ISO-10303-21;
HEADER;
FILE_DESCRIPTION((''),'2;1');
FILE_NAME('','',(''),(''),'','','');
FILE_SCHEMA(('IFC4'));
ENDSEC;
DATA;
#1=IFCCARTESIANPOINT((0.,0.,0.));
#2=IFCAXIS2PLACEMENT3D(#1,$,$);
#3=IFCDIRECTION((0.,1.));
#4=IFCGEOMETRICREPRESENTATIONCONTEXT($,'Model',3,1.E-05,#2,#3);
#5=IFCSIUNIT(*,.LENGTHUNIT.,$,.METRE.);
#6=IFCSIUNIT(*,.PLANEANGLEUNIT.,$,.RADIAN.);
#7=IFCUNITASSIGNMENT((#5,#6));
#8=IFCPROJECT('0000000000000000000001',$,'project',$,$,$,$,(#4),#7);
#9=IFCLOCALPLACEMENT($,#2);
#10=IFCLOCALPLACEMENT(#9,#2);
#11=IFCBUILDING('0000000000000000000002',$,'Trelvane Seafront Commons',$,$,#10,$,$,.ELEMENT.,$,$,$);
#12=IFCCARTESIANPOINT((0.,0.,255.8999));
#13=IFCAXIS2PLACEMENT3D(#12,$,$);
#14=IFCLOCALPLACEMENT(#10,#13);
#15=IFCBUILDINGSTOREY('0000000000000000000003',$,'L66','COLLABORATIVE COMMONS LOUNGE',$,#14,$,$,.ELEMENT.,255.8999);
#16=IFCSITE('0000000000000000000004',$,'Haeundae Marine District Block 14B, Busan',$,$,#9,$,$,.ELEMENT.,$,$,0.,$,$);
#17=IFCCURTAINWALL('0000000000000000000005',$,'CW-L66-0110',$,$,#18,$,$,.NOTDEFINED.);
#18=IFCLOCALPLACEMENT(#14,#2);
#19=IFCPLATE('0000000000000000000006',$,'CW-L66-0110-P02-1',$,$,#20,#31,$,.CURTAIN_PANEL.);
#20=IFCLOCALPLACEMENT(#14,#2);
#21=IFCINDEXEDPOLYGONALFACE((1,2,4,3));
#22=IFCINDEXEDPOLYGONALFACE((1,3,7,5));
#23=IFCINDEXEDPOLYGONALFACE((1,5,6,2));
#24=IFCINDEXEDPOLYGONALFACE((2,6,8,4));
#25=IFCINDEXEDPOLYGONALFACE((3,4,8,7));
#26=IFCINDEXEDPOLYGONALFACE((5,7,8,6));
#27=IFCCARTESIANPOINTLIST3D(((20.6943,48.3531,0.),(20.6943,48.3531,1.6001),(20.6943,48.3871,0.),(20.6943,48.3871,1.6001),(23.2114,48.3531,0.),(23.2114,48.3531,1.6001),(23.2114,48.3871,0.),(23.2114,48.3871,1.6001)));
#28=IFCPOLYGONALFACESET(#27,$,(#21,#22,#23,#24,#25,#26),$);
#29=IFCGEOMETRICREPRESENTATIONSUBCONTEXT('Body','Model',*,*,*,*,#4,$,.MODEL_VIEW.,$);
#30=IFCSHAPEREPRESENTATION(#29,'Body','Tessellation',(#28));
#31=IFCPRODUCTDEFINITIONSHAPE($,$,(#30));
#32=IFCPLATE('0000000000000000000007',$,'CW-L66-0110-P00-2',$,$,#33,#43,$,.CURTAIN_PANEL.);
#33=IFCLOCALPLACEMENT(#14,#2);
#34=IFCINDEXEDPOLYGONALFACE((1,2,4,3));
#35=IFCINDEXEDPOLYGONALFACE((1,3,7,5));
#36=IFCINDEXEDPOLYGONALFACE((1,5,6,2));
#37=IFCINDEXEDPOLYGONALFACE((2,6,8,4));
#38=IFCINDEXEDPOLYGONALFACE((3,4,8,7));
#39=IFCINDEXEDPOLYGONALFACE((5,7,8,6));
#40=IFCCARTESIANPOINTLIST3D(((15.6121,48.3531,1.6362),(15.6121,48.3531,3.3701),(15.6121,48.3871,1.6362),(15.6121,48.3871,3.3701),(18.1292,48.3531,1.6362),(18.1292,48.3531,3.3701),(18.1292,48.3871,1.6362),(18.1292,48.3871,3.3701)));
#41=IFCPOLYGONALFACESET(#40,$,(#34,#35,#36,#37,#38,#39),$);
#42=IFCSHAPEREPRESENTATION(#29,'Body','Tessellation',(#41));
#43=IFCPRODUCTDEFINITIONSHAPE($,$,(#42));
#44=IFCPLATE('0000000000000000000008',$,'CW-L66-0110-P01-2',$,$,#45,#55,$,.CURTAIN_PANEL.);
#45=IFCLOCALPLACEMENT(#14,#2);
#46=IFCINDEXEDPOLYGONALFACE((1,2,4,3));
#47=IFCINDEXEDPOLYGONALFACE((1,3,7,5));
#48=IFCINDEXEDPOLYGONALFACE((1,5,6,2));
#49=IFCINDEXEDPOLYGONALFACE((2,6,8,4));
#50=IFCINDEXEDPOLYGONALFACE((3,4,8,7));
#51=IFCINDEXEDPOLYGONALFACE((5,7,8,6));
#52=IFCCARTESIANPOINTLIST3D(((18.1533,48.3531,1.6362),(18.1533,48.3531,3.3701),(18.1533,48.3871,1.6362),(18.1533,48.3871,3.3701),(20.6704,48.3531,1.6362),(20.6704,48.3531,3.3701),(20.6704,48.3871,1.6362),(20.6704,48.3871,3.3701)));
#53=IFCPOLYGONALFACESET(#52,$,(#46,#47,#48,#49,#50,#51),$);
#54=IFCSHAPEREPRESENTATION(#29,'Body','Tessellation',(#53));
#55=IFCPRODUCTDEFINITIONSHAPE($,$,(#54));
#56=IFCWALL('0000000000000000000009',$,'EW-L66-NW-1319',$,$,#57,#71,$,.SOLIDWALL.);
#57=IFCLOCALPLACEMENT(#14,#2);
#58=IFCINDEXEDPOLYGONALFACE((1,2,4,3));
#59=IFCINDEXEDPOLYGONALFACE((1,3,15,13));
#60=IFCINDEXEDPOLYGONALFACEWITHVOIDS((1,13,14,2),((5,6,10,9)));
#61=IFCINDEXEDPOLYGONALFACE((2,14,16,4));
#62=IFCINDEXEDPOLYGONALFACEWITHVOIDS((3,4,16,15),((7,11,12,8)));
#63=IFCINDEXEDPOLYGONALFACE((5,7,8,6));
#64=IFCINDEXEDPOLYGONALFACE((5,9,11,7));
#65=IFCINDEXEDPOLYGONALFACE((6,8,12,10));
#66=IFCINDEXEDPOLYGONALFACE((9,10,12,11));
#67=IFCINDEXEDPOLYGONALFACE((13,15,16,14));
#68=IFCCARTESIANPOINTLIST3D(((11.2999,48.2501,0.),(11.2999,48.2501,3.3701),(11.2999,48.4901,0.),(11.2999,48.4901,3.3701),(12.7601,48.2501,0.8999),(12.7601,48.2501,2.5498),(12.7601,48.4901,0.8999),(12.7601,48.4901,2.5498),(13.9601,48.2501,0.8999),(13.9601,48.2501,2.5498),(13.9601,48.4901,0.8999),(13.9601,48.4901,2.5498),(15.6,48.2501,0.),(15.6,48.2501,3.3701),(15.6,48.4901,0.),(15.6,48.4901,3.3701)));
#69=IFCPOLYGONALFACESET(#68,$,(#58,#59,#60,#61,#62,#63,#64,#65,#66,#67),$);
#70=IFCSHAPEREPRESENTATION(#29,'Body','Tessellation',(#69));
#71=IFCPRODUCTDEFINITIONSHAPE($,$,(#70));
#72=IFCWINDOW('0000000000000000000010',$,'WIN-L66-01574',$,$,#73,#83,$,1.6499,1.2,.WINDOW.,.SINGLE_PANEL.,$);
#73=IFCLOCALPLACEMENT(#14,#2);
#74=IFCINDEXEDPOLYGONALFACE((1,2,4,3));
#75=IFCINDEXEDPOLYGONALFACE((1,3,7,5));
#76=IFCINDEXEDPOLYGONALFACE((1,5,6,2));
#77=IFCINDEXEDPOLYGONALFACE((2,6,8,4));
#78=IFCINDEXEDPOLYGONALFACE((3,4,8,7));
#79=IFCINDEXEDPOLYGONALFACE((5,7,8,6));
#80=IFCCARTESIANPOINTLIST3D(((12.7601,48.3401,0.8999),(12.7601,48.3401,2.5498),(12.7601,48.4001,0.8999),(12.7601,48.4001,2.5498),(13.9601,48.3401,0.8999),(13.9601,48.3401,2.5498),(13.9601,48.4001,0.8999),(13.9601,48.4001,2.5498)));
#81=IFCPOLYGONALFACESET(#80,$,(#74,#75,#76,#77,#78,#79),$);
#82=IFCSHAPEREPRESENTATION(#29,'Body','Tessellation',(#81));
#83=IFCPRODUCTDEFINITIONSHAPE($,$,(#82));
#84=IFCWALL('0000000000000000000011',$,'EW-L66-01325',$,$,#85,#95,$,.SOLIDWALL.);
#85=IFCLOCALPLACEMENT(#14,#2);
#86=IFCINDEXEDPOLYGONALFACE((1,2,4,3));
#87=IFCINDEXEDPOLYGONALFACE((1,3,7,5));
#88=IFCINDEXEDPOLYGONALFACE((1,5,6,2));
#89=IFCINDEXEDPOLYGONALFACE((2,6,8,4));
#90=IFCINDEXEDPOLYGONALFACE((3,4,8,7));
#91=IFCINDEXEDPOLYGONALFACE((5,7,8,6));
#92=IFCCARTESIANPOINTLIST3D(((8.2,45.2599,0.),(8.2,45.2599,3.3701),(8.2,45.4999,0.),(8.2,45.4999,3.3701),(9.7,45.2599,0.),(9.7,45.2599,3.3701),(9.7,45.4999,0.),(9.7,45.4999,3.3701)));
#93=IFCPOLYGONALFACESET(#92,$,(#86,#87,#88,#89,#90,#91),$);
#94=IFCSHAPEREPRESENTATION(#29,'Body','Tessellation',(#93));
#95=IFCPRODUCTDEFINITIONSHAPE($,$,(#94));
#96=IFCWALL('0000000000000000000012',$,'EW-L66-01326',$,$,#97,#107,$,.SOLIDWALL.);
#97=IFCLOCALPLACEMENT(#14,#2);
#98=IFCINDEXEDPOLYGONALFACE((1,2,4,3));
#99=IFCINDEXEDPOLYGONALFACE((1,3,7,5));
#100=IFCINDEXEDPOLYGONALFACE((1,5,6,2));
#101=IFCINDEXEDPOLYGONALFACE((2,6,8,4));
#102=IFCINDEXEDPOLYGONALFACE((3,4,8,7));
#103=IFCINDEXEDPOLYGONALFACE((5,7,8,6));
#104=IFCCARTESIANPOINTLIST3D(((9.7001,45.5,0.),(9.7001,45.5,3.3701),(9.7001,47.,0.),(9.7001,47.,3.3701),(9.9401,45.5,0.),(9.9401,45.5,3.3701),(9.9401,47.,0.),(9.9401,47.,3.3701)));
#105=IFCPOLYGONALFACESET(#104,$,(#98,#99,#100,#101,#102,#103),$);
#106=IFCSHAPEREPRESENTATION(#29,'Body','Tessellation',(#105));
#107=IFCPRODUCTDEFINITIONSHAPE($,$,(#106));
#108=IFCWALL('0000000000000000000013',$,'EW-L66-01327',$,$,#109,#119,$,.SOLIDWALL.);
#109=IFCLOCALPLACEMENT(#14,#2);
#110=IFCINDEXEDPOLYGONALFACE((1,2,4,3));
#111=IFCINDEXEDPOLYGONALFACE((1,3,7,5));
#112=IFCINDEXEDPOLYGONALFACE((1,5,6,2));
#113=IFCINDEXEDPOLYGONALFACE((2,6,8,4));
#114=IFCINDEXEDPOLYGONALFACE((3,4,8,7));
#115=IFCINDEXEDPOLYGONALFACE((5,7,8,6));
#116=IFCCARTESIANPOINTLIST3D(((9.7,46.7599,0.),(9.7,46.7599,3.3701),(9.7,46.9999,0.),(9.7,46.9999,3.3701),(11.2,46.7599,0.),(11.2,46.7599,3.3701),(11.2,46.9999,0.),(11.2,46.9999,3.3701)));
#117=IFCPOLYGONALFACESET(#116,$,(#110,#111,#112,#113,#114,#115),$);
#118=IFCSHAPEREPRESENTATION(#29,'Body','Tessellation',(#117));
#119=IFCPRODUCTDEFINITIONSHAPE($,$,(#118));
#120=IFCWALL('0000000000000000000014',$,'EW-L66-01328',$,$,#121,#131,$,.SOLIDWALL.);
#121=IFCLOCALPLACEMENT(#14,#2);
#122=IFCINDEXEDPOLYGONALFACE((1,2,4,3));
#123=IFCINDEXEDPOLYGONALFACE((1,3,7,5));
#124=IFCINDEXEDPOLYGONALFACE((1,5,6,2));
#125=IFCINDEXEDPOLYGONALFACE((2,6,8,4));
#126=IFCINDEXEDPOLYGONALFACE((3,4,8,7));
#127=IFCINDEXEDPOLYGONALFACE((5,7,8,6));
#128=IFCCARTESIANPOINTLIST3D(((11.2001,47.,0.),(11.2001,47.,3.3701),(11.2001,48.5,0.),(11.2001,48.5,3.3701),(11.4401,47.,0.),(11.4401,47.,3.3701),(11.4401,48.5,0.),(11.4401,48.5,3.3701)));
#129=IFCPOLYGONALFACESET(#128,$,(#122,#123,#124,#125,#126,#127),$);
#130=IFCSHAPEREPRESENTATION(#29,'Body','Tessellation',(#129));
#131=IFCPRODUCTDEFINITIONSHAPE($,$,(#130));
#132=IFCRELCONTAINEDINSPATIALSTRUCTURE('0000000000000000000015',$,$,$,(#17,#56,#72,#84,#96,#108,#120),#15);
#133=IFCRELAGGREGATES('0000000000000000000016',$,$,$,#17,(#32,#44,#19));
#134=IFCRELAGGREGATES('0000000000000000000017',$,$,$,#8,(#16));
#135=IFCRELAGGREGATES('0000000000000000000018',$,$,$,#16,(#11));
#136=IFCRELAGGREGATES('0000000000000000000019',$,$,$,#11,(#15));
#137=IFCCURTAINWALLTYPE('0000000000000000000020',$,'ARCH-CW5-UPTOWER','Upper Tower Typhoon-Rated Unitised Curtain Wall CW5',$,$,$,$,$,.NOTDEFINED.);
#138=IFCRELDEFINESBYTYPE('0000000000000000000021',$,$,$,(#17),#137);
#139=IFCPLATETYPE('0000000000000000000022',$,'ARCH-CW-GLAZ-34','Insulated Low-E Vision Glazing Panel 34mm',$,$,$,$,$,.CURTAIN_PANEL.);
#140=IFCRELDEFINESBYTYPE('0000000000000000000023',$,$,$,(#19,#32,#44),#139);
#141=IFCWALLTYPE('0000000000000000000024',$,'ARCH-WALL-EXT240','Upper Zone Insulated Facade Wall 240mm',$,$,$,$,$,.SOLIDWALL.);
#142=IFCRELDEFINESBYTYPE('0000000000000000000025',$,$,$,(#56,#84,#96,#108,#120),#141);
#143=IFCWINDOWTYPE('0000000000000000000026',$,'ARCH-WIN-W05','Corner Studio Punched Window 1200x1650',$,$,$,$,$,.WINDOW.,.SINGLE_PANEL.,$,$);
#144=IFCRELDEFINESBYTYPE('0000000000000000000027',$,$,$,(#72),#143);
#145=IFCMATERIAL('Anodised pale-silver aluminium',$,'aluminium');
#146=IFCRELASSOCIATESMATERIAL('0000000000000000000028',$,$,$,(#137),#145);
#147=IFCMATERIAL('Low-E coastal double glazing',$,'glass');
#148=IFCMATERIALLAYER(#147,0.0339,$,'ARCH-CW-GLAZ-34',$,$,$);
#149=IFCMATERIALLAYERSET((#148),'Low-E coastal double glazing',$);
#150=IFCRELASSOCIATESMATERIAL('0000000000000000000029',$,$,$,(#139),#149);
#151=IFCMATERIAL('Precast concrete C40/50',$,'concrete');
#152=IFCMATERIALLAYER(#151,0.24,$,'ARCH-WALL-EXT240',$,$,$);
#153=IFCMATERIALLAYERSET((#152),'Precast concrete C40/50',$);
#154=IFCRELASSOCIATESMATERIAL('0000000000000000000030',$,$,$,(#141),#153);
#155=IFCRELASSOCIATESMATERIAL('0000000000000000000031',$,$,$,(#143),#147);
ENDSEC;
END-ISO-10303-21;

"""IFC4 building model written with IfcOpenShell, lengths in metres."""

from ifc_helpers import new_model, si_unit, direction, frame, frame_2d, origin, origin_2d, place, context, subcontext, project, spatial, rectangle, extrude, source, transform, mapped, material, layer, layer_set, type_object, element, fill, aggregate, save


model = new_model("IFC4")

# Units and contexts
model_context = context("Model", 3, precision=1e-05, world=origin(), true_north=direction((0.0, 1.0)))
body_context = subcontext(model_context, "Body", "Model", "MODEL_VIEW")
ifc_project = project(units=[si_unit("LENGTHUNIT", "METRE"), si_unit("PLANEANGLEUNIT", "RADIAN")], contexts=[model_context])

# Site, building, storey
site_placement = place(None, origin())
site = spatial("IfcSite", under=ifc_project, at=site_placement, Name="Haeundae Marine District Block 14B, Busan", CompositionType="ELEMENT", RefElevation=0.0)
building_placement = place(site_placement, origin())
building = spatial("IfcBuilding", under=site, at=building_placement, Name="Trelvane Seafront Commons", CompositionType="ELEMENT")
storey_placement = place(building_placement, frame((0.0, 0.0, 255.8999)))
storey = spatial("IfcBuildingStorey", under=building, at=storey_placement, Name="L66", Description="COLLABORATIVE COMMONS LOUNGE", CompositionType="ELEMENT", Elevation=255.8999)

# Curtain wall
ifc_material_1 = material(Name="Anodised pale-silver aluminium", Category="aluminium")
curtain_wall_type = type_object("IfcCurtainWallType", Name="ARCH-CW5-UPTOWER", Description="Upper Tower Typhoon-Rated Unitised Curtain Wall CW5", PredefinedType="NOTDEFINED", material=ifc_material_1)
curtain_wall_placement = place(storey_placement, origin())
curtain_wall = element("IfcCurtainWall", 1, at=curtain_wall_placement, inside=storey, type_object=curtain_wall_type, Name="CW-L66-0110", PredefinedType="NOTDEFINED")

# Plates
ifc_material_2 = material(Name="Low-E coastal double glazing", Category="glass")
ifc_layer_1 = layer(ifc_material_2, 0.0339, Name="ARCH-CW-GLAZ-34")
ifc_layer_set_1 = layer_set([ifc_layer_1], Name="Low-E coastal double glazing")
plate_type_1 = type_object("IfcPlateType", Name="ARCH-CW-GLAZ-34", Description="Insulated Low-E Vision Glazing Panel 34mm", PredefinedType="CURTAIN_PANEL", material=ifc_layer_set_1)
shared_shape_1 = source(origin(), body_context, "Body", "SweptSolid", [
    extrude(rectangle(XDim=2.5171, YDim=0.0339, at=origin_2d()), origin(), (0.0, 0.0, 1.0), 1.6001),
])
plate_1_placement = place(storey_placement, frame((21.9529, 48.3701, 0.0), z_axis=(0.0, 0.0, 1.0), x_axis=(1.0, 0.0, 0.0)))
plate_1 = element("IfcPlate", 2, at=plate_1_placement, type_object=plate_type_1, Name="CW-L66-0110-P02-1", PredefinedType="CURTAIN_PANEL", context=body_context, shape_type="MappedRepresentation", body=[
    mapped(shared_shape_1, transform((0.0, 0.0, 0.0), x_axis=(1.0, 0.0, 0.0), y_axis=(0.0, 1.0, 0.0), z_axis=(0.0, 0.0, 1.0), scale=1.0)),
])
shared_shape_2 = source(origin(), body_context, "Body", "SweptSolid", [
    extrude(rectangle(XDim=2.5171, YDim=0.0339, at=origin_2d()), origin(), (0.0, 0.0, 1.0), 1.7339),
])
plate_2_placement = place(storey_placement, frame((16.8706, 48.3701, 1.6362), z_axis=(0.0, 0.0, 1.0), x_axis=(1.0, 0.0, 0.0)))
plate_2 = element("IfcPlate", 3, at=plate_2_placement, type_object=plate_type_1, Name="CW-L66-0110-P00-2", PredefinedType="CURTAIN_PANEL", context=body_context, shape_type="MappedRepresentation", body=[
    mapped(shared_shape_2, transform((0.0, 0.0, 0.0), x_axis=(1.0, 0.0, 0.0), y_axis=(0.0, 1.0, 0.0), z_axis=(0.0, 0.0, 1.0), scale=1.0)),
])
plate_3_placement = place(storey_placement, frame((19.4119, 48.3701, 1.6362), z_axis=(0.0, 0.0, 1.0), x_axis=(1.0, 0.0, 0.0)))
plate_3 = element("IfcPlate", 4, at=plate_3_placement, type_object=plate_type_1, Name="CW-L66-0110-P01-2", PredefinedType="CURTAIN_PANEL", context=body_context, shape_type="MappedRepresentation", body=[
    mapped(shared_shape_2, transform((0.0, 0.0, 0.0), x_axis=(1.0, 0.0, 0.0), y_axis=(0.0, 1.0, 0.0), z_axis=(0.0, 0.0, 1.0), scale=1.0)),
])
aggregate(curtain_wall, [plate_2, plate_3, plate_1])

# Wall, opening, window
ifc_material_3 = material(Name="Precast concrete C40/50", Category="concrete")
ifc_layer_2 = layer(ifc_material_3, 0.24, Name="ARCH-WALL-EXT240")
ifc_layer_set_2 = layer_set([ifc_layer_2], Name="Precast concrete C40/50")
wall_type = type_object("IfcWallType", Name="ARCH-WALL-EXT240", Description="Upper Zone Insulated Facade Wall 240mm", PredefinedType="SOLIDWALL", material=ifc_layer_set_2)
wall_placement = place(storey_placement, frame((11.3, 48.3701, 0.0), z_axis=(0.0, 0.0, 1.0), x_axis=(1.0, 0.0, 0.0)))
wall = element("IfcWall", 5, at=wall_placement, inside=storey, type_object=wall_type, Name="EW-L66-NW-1319", PredefinedType="SOLIDWALL", context=body_context, shape_type="SweptSolid", body=[
    extrude(rectangle(XDim=4.3, YDim=0.24, at=frame_2d((2.1499, 0.0))), origin(), (0.0, 0.0, 1.0), 3.3701),
])
opening_placement = place(wall_placement, frame((1.46, 0.0, 0.8999)))
opening = element("IfcOpeningElement", 6, at=opening_placement, cuts=wall, PredefinedType="OPENING", context=body_context, shape_type="SweptSolid", body=[
    extrude(rectangle(XDim=1.2, YDim=1.6499, at=frame_2d((0.6001, 0.825))), frame((0.0, 0.1299, 0.0), z_axis=(0.0, -1.0, 0.0), x_axis=(1.0, 0.0, 0.0)), (0.0, 0.0, 1.0), 0.26),
])
window_type = type_object("IfcWindowType", Name="ARCH-WIN-W05", Description="Corner Studio Punched Window 1200x1650", PartitioningType="SINGLE_PANEL", PredefinedType="WINDOW", material=ifc_material_2)
shared_shape_3 = source(origin(), body_context, "Body", "SweptSolid", [
    extrude(rectangle(XDim=1.2, YDim=1.6499, at=frame_2d((0.6001, 0.825))), frame((0.0, 0.03, 0.0), z_axis=(0.0, -1.0, 0.0), x_axis=(1.0, 0.0, 0.0)), (0.0, 0.0, 1.0), 0.0601),
])
window_placement = place(opening_placement, origin())
window = element("IfcWindow", 7, at=window_placement, inside=storey, type_object=window_type, Name="WIN-L66-01574", OverallHeight=1.6499, OverallWidth=1.2, PartitioningType="SINGLE_PANEL", PredefinedType="WINDOW", context=body_context, shape_type="MappedRepresentation", body=[
    mapped(shared_shape_3, transform((0.0, 0.0, 0.0), x_axis=(1.0, 0.0, 0.0), y_axis=(0.0, 1.0, 0.0), z_axis=(0.0, 0.0, 1.0), scale=1.0)),
])
fill(opening, window)

# Walls
for number, where, z_axis, x_axis, name in (
    (8, (8.2, 45.3799, 0.0), (0.0, 0.0, 1.0), (1.0, 0.0, 0.0), "EW-L66-01325"),
    (9, (9.8201, 45.5, 0.0), (0.0, 0.0, 1.0), (0.0, 1.0, 0.0), "EW-L66-01326"),
    (10, (9.7, 46.8799, 0.0), (0.0, 0.0, 1.0), (1.0, 0.0, 0.0), "EW-L66-01327"),
    (11, (11.3201, 47.0, 0.0), (0.0, 0.0, 1.0), (0.0, 1.0, 0.0), "EW-L66-01328"),
):
    element("IfcWall", number, at=place(storey_placement, frame(where, z_axis=z_axis, x_axis=x_axis)), inside=storey, type_object=wall_type, Name=name, PredefinedType="SOLIDWALL", context=body_context, shape_type="SweptSolid", body=[
        extrude(rectangle(XDim=1.5, YDim=0.24, at=frame_2d((0.75, 0.0))), origin(), (0.0, 0.0, 1.0), 3.3701),
    ])

save(model, "model.ifc")
